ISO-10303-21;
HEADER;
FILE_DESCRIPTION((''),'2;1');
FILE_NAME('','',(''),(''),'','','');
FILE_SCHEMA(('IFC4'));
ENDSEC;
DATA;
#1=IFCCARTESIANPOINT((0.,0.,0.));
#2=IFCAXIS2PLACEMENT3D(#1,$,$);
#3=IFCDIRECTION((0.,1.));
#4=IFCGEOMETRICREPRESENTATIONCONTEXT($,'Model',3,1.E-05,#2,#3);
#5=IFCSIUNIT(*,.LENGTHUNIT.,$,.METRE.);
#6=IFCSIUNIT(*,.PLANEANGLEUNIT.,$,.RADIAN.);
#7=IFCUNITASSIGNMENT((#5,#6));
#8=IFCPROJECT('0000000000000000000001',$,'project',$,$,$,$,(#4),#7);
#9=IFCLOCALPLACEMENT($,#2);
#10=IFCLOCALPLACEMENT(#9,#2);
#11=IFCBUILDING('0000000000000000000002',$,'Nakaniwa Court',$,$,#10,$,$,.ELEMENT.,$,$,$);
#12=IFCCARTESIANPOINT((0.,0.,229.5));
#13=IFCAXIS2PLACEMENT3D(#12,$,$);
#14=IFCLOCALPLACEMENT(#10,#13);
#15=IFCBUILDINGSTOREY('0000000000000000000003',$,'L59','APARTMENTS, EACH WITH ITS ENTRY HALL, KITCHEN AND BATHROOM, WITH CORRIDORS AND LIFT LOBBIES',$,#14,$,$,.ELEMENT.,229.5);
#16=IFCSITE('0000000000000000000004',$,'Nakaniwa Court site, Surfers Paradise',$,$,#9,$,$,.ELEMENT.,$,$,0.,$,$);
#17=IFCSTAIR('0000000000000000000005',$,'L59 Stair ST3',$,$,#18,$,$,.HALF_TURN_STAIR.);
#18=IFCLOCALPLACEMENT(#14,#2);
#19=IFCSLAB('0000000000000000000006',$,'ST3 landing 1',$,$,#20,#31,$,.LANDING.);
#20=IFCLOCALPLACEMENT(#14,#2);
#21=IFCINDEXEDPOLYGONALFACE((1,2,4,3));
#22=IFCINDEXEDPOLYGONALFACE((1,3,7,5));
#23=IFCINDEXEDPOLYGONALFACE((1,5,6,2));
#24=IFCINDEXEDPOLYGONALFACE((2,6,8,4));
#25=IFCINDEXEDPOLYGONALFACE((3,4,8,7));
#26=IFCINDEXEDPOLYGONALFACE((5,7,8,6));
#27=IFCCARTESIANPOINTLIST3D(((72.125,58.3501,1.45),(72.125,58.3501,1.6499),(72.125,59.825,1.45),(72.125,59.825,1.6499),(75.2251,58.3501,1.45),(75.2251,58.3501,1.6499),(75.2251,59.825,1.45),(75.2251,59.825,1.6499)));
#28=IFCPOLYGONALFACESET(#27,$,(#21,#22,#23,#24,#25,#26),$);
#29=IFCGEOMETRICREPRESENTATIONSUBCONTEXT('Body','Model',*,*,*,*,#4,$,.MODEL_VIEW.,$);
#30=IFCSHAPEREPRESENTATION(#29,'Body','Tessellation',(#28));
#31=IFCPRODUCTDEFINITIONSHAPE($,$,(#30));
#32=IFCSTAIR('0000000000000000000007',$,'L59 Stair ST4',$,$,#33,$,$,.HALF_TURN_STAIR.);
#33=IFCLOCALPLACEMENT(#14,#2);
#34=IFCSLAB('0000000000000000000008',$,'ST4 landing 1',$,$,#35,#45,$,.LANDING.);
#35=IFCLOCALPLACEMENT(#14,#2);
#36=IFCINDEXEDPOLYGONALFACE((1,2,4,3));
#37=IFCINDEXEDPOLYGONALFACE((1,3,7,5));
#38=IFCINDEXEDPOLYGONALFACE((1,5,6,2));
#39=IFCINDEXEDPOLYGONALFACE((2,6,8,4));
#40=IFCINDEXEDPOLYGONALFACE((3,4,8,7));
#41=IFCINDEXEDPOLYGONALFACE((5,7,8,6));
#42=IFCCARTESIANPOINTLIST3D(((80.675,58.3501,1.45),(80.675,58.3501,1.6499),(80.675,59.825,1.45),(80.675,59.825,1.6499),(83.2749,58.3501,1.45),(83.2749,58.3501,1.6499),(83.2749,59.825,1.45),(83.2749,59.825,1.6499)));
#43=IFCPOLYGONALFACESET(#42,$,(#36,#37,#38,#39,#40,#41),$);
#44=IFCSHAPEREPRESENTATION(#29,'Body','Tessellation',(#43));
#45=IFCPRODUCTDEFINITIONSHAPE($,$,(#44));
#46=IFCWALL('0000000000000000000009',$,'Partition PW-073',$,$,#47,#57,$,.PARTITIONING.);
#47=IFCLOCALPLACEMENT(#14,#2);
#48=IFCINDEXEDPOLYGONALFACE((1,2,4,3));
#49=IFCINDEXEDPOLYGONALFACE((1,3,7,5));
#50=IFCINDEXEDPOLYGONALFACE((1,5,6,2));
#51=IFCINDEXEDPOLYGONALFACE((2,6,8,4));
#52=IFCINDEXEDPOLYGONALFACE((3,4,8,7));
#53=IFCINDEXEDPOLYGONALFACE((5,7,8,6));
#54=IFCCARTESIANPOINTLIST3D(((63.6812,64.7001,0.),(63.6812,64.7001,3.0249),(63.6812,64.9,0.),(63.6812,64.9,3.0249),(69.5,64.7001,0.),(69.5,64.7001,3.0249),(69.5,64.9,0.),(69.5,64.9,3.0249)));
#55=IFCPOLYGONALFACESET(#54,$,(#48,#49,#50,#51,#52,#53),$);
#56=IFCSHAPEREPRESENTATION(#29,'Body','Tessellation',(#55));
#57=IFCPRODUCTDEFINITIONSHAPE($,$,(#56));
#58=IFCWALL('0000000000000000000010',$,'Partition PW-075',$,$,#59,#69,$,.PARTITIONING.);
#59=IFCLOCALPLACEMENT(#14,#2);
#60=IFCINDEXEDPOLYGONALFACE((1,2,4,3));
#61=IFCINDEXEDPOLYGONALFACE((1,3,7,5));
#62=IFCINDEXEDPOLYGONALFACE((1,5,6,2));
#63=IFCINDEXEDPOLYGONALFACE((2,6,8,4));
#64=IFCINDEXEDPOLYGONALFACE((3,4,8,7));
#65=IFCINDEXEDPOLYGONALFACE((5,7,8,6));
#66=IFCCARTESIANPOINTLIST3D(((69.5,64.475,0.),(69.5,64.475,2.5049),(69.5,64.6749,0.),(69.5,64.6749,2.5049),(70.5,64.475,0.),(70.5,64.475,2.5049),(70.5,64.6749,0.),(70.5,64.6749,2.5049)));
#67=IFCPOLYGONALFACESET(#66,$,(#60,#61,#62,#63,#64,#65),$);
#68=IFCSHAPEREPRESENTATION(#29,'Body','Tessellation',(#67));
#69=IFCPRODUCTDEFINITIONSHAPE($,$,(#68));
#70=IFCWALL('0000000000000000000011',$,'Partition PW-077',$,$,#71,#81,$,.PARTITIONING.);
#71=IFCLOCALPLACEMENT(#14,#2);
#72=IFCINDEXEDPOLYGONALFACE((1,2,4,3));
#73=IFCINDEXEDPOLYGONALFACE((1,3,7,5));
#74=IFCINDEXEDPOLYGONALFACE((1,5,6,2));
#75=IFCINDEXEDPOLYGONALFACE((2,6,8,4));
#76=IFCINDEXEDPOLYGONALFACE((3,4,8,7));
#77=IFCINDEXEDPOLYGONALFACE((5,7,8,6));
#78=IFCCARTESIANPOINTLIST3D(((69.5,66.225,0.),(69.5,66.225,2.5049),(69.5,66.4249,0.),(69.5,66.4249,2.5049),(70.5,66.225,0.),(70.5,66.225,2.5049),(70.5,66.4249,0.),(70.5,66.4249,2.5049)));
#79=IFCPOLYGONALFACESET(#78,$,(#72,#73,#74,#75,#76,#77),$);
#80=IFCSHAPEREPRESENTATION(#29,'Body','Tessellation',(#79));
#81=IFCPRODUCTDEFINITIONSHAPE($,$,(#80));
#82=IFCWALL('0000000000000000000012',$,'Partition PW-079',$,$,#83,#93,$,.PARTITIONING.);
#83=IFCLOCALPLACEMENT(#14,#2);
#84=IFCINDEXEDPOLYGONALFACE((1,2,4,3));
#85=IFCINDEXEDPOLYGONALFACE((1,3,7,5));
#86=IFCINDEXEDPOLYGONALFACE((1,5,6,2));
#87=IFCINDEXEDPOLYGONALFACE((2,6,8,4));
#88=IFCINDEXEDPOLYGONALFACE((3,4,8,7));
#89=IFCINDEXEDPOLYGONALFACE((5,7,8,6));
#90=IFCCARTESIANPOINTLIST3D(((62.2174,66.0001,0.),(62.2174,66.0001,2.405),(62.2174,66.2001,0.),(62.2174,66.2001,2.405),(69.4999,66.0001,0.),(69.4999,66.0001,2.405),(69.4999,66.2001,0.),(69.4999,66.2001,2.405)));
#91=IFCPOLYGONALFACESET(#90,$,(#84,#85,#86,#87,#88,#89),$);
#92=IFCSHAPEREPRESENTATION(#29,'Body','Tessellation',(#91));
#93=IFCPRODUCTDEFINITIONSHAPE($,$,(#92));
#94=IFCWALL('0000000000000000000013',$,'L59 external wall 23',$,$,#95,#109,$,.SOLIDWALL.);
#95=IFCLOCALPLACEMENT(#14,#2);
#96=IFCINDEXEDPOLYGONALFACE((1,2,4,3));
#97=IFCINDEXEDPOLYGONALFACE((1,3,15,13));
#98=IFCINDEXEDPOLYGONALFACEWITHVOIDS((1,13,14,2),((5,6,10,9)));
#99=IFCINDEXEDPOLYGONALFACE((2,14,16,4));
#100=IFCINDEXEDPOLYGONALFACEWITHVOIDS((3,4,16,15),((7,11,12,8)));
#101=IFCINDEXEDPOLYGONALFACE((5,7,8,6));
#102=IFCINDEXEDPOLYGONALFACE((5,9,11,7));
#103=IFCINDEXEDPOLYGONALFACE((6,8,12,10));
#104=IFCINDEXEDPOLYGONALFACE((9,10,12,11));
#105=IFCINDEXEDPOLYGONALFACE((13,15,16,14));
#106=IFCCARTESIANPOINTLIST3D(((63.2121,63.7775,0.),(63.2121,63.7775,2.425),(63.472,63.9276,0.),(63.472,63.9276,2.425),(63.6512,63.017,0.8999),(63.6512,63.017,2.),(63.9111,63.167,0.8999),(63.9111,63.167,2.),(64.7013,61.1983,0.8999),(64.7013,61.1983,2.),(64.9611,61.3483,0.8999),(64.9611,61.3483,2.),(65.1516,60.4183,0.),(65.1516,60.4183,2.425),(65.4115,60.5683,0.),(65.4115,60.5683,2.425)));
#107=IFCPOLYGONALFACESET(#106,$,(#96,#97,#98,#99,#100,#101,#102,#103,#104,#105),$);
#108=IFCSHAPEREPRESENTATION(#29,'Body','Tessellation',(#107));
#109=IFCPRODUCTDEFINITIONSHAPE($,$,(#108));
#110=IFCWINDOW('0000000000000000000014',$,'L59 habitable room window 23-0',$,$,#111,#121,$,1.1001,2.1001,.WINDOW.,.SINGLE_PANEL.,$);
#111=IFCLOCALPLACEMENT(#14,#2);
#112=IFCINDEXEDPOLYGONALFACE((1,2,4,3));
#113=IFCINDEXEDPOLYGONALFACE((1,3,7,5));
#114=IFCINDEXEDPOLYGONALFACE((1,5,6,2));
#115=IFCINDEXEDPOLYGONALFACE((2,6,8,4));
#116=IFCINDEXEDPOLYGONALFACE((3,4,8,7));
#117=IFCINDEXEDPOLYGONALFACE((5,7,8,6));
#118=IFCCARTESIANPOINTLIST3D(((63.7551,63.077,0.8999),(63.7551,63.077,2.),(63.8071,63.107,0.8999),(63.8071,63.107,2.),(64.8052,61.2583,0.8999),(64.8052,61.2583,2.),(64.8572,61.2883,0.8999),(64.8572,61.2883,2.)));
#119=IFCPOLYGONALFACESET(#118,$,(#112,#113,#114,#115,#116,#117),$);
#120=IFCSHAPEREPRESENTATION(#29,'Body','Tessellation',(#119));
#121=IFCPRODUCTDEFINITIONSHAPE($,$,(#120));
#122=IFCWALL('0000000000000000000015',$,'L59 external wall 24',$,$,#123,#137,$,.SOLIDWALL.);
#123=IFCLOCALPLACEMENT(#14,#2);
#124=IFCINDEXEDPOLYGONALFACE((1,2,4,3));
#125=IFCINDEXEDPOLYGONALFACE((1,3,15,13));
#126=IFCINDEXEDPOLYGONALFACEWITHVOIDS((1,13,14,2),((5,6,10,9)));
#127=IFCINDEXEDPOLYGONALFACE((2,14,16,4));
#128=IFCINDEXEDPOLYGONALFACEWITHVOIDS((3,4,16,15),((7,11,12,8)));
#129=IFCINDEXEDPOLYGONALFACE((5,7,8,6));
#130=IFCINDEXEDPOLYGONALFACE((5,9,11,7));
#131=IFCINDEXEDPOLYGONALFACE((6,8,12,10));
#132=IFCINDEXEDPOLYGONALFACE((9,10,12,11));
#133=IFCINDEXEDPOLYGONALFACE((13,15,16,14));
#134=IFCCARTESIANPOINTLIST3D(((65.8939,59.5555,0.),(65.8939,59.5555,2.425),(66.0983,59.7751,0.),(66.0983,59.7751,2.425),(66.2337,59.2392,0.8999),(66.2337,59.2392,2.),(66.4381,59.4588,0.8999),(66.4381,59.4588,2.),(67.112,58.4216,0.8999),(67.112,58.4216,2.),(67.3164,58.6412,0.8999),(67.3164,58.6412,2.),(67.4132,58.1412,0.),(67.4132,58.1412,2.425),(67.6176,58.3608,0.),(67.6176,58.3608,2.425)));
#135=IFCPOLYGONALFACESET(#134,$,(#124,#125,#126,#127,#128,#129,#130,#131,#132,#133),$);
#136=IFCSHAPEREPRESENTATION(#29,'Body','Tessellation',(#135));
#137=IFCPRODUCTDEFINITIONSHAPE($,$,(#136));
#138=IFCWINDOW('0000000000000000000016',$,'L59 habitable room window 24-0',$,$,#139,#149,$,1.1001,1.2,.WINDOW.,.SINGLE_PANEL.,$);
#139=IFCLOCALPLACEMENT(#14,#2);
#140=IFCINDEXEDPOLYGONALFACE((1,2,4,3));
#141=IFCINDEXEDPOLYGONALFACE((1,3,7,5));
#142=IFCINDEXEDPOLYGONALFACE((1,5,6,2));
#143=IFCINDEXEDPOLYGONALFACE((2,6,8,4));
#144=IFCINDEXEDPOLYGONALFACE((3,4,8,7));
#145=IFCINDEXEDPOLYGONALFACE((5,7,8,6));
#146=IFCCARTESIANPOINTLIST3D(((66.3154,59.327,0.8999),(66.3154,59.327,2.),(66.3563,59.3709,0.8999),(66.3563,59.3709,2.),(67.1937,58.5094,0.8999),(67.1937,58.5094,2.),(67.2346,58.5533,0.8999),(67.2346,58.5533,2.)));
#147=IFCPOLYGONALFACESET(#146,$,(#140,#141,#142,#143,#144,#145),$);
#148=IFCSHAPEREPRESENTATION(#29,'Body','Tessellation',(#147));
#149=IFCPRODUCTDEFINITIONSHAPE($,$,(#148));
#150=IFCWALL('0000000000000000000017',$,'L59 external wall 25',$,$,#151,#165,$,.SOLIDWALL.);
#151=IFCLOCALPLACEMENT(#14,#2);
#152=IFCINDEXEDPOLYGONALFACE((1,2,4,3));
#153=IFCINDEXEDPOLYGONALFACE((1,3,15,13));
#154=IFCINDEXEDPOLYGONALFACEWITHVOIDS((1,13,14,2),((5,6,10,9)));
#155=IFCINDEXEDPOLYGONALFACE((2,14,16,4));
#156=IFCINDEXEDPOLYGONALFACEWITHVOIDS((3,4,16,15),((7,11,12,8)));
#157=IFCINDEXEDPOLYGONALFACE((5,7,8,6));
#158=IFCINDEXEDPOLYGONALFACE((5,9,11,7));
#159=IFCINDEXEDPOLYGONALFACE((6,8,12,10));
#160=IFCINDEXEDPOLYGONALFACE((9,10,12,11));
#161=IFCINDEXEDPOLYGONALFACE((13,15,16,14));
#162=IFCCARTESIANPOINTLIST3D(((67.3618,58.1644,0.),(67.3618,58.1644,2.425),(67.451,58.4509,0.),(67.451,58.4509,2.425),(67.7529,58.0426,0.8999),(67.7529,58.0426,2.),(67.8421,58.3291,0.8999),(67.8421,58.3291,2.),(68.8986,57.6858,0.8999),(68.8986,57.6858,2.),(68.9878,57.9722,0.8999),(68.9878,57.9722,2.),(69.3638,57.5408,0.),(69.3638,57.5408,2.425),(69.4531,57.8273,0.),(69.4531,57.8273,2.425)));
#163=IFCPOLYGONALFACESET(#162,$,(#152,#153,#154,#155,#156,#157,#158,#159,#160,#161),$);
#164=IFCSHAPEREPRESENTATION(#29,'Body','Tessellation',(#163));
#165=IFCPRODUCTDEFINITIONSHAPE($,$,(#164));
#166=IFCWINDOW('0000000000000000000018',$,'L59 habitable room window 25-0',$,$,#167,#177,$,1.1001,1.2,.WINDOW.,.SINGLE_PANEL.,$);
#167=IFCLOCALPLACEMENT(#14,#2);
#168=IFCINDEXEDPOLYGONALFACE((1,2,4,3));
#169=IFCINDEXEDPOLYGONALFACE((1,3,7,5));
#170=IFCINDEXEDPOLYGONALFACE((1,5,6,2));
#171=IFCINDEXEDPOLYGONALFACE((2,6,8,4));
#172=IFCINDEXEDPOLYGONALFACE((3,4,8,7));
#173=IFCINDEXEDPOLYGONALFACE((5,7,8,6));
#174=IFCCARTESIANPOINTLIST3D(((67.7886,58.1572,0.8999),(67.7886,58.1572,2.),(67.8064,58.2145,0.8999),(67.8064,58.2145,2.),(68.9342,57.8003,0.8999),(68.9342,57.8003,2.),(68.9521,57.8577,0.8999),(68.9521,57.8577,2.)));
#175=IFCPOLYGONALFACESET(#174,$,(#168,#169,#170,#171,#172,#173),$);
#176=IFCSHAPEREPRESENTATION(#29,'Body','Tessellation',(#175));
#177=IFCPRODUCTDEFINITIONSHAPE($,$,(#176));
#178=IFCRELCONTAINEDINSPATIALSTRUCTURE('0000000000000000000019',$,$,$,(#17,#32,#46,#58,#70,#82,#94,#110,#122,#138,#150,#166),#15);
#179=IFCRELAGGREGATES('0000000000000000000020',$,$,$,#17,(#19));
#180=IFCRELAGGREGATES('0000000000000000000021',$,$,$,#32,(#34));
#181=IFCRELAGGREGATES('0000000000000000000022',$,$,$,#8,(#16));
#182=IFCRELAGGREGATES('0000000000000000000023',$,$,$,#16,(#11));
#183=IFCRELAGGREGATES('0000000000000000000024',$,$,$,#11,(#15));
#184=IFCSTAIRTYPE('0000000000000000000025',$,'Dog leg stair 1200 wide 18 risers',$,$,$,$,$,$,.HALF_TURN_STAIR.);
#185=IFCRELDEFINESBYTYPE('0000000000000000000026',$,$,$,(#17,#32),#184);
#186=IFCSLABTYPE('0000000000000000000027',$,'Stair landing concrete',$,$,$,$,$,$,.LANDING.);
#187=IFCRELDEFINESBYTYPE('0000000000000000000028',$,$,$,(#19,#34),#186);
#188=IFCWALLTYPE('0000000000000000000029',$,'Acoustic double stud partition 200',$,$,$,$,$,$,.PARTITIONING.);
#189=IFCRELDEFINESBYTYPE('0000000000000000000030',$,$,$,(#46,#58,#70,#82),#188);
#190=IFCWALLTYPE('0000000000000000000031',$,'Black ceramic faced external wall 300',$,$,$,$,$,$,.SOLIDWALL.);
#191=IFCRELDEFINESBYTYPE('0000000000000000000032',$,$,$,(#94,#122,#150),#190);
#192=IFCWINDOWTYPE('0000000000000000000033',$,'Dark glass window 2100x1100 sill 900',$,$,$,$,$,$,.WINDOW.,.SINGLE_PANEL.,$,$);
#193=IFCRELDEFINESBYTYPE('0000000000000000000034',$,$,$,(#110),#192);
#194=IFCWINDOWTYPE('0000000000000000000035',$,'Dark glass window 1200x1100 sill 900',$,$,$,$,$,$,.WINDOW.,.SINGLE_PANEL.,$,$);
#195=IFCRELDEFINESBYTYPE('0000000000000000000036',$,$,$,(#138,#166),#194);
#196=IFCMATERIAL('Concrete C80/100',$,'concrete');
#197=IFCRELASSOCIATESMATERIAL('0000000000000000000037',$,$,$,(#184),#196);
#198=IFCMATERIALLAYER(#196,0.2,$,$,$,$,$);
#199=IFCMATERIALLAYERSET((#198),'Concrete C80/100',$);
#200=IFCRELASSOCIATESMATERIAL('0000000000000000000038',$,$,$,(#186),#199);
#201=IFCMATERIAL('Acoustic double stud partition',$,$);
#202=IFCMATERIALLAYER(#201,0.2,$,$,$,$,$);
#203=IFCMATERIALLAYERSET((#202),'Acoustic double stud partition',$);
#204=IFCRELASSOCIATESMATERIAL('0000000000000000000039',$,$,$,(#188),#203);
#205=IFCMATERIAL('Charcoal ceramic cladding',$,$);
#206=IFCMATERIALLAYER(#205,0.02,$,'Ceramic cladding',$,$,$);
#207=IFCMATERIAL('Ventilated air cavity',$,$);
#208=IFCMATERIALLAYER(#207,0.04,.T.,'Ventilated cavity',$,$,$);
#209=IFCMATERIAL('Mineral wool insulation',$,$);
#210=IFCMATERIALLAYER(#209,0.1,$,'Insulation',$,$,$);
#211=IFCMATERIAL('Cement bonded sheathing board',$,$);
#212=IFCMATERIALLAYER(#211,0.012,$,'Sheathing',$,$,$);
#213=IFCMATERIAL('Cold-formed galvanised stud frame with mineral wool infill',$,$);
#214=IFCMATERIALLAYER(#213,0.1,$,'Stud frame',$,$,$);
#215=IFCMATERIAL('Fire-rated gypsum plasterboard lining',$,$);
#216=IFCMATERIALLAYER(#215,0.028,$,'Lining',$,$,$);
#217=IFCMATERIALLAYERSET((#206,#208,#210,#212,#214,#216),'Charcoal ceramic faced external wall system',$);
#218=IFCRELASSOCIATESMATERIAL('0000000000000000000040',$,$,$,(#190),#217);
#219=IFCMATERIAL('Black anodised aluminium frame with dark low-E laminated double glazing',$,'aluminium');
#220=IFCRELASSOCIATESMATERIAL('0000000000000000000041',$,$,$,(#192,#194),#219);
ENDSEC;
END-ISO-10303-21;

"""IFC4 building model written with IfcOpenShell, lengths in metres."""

from ifc_helpers import new_model, si_unit, direction, frame, frame_2d, origin, place, context, subcontext, project, spatial, polyline, rectangle, outline, extrude, material, layer, layer_set, type_object, element, fill, aggregate, save


model = new_model("IFC4")

# Units and contexts
model_context = context("Model", 3, precision=1e-05, world=origin(), true_north=direction((0.0, 1.0)))
body_context = subcontext(model_context, "Body", "Model", "MODEL_VIEW")
ifc_project = project(units=[si_unit("LENGTHUNIT", "METRE"), si_unit("PLANEANGLEUNIT", "RADIAN")], contexts=[model_context])

# Site, building, storey
site_placement = place(None, origin())
site = spatial("IfcSite", under=ifc_project, at=site_placement, Name="Nakaniwa Court site, Surfers Paradise", CompositionType="ELEMENT", RefElevation=0.0)
building_placement = place(site_placement, origin())
building = spatial("IfcBuilding", under=site, at=building_placement, Name="Nakaniwa Court", CompositionType="ELEMENT")
storey_placement = place(building_placement, frame((0.0, 0.0, 229.5)))
storey = spatial("IfcBuildingStorey", under=building, at=storey_placement, Name="L59", Description="APARTMENTS, EACH WITH ITS ENTRY HALL, KITCHEN AND BATHROOM, WITH CORRIDORS AND LIFT LOBBIES", CompositionType="ELEMENT", Elevation=229.5)

# Shared definitions
ifc_material_1 = material(Name="Concrete C80/100", Category="concrete")

# Stairs, slabs
stair_type = type_object("IfcStairType", Name="Dog leg stair 1200 wide 18 risers", PredefinedType="HALF_TURN_STAIR", material=ifc_material_1)
ifc_layer_1 = layer(ifc_material_1, 0.2)
ifc_layer_set_1 = layer_set([ifc_layer_1], Name="Concrete C80/100")
slab_type_1 = type_object("IfcSlabType", Name="Stair landing concrete", PredefinedType="LANDING", material=ifc_layer_set_1)
stair_1_placement = place(storey_placement, origin())
stair_1 = element("IfcStair", 1, at=stair_1_placement, inside=storey, type_object=stair_type, Name="L59 Stair ST3", PredefinedType="HALF_TURN_STAIR")
slab_1_placement = place(storey_placement, frame((0.0, 0.0, 1.45)))
slab_1 = element("IfcSlab", 2, at=slab_1_placement, type_object=slab_type_1, Name="ST3 landing 1", PredefinedType="LANDING", context=body_context, shape_type="SweptSolid", body=[
    extrude(outline(polyline([(75.2251, 58.3501), (75.2251, 59.825), (72.125, 59.825), (72.125, 58.3501), (75.2251, 58.3501)])), origin(), (0.0, 0.0, 1.0), 0.2),
])
aggregate(stair_1, [slab_1])
stair_2_placement = place(storey_placement, origin())
stair_2 = element("IfcStair", 3, at=stair_2_placement, inside=storey, type_object=stair_type, Name="L59 Stair ST4", PredefinedType="HALF_TURN_STAIR")
slab_2_placement = place(storey_placement, frame((0.0, 0.0, 1.45)))
slab_2 = element("IfcSlab", 4, at=slab_2_placement, type_object=slab_type_1, Name="ST4 landing 1", PredefinedType="LANDING", context=body_context, shape_type="SweptSolid", body=[
    extrude(outline(polyline([(83.2749, 58.3501), (83.2749, 59.825), (80.675, 59.825), (80.675, 58.3501), (83.2749, 58.3501)])), origin(), (0.0, 0.0, 1.0), 0.2),
])
aggregate(stair_2, [slab_2])

# Walls
ifc_material_2 = material(Name="Acoustic double stud partition")
ifc_layer_2 = layer(ifc_material_2, 0.2)
ifc_layer_set_2 = layer_set([ifc_layer_2], Name="Acoustic double stud partition")
wall_type_1 = type_object("IfcWallType", Name="Acoustic double stud partition 200", PredefinedType="PARTITIONING", material=ifc_layer_set_2)
wall_1_placement = place(storey_placement, frame((63.6812, 64.8, 0.0), z_axis=(0.0, 0.0, 1.0), x_axis=(1.0, 0.0, 0.0)))
element("IfcWall", 5, at=wall_1_placement, inside=storey, type_object=wall_type_1, Name="Partition PW-073", PredefinedType="PARTITIONING", context=body_context, shape_type="SweptSolid", body=[
    extrude(rectangle(XDim=5.8188, YDim=0.2, at=frame_2d((2.9094, 0.0))), origin(), (0.0, 0.0, 1.0), 3.0249),
])
for number, where, z_axis, x_axis, name in (
    (6, (69.5, 64.575, 0.0), (0.0, 0.0, 1.0), (1.0, 0.0, 0.0), "Partition PW-075"),
    (7, (69.5, 66.325, 0.0), (0.0, 0.0, 1.0), (1.0, 0.0, 0.0), "Partition PW-077"),
):
    element("IfcWall", number, at=place(storey_placement, frame(where, z_axis=z_axis, x_axis=x_axis)), inside=storey, type_object=wall_type_1, Name=name, PredefinedType="PARTITIONING", context=body_context, shape_type="SweptSolid", body=[
        extrude(rectangle(XDim=1.0, YDim=0.2, at=frame_2d((0.5, 0.0))), origin(), (0.0, 0.0, 1.0), 2.5049),
    ])
wall_2_placement = place(storey_placement, frame((62.2175, 66.1001, 0.0), z_axis=(0.0, 0.0, 1.0), x_axis=(1.0, 0.0, 0.0)))
element("IfcWall", 8, at=wall_2_placement, inside=storey, type_object=wall_type_1, Name="Partition PW-079", PredefinedType="PARTITIONING", context=body_context, shape_type="SweptSolid", body=[
    extrude(rectangle(XDim=7.2825, YDim=0.2, at=frame_2d((3.6411, 0.0))), origin(), (0.0, 0.0, 1.0), 2.405),
])

# Walls, openings, windows
ifc_material_3 = material(Name="Charcoal ceramic cladding")
ifc_layer_3 = layer(ifc_material_3, 0.02, Name="Ceramic cladding")
ifc_material_4 = material(Name="Ventilated air cavity")
ifc_layer_4 = layer(ifc_material_4, 0.04, ventilated=True, Name="Ventilated cavity")
ifc_material_5 = material(Name="Mineral wool insulation")
ifc_layer_5 = layer(ifc_material_5, 0.1, Name="Insulation")
ifc_material_6 = material(Name="Cement bonded sheathing board")
ifc_layer_6 = layer(ifc_material_6, 0.012, Name="Sheathing")
ifc_material_7 = material(Name="Cold-formed galvanised stud frame with mineral wool infill")
ifc_layer_7 = layer(ifc_material_7, 0.1, Name="Stud frame")
ifc_material_8 = material(Name="Fire-rated gypsum plasterboard lining")
ifc_layer_8 = layer(ifc_material_8, 0.028, Name="Lining")
ifc_layer_set_3 = layer_set([ifc_layer_3, ifc_layer_4, ifc_layer_5, ifc_layer_6, ifc_layer_7, ifc_layer_8], Name="Charcoal ceramic faced external wall system")
wall_type_2 = type_object("IfcWallType", Name="Black ceramic faced external wall 300", PredefinedType="SOLIDWALL", material=ifc_layer_set_3)
wall_3_placement = place(storey_placement, frame((63.342, 63.8525, 0.0), z_axis=(0.0, 0.0, 1.0), x_axis=(0.500011, -0.866019, 0.0)))
wall_3 = element("IfcWall", 9, at=wall_3_placement, inside=storey, type_object=wall_type_2, Name="L59 external wall 23", PredefinedType="SOLIDWALL", context=body_context, shape_type="SweptSolid", body=[
    extrude(rectangle(XDim=3.8789, YDim=0.3, at=frame_2d((1.9395, 0.0))), origin(), (0.0, 0.0, 1.0), 2.425),
])
opening_1_placement = place(wall_3_placement, frame((0.8782, 0.0, 0.8999)))
opening_1 = element("IfcOpeningElement", 10, at=opening_1_placement, cuts=wall_3, PredefinedType="OPENING", context=body_context, shape_type="SweptSolid", body=[
    extrude(rectangle(XDim=2.1001, YDim=1.1001, at=frame_2d((1.05, 0.55))), frame((0.0, 0.1599, 0.0), z_axis=(0.0, -1.0, 0.0), x_axis=(1.0, 0.0, 0.0)), (0.0, 0.0, 1.0), 0.3201),
])
ifc_material_9 = material(Name="Black anodised aluminium frame with dark low-E laminated double glazing", Category="aluminium")
window_type_1 = type_object("IfcWindowType", Name="Dark glass window 2100x1100 sill 900", PartitioningType="SINGLE_PANEL", PredefinedType="WINDOW", material=ifc_material_9)
window_1_placement = place(opening_1_placement, origin())
window_1 = element("IfcWindow", 11, at=window_1_placement, inside=storey, type_object=window_type_1, Name="L59 habitable room window 23-0", OverallHeight=1.1001, OverallWidth=2.1001, PartitioningType="SINGLE_PANEL", PredefinedType="WINDOW", context=body_context, shape_type="SweptSolid", body=[
    extrude(rectangle(XDim=2.1001, YDim=1.1001, at=frame_2d((1.05, 0.55))), frame((0.0, 0.03, 0.0), z_axis=(0.0, -1.0, 0.0), x_axis=(1.0, 0.0, 0.0)), (0.0, 0.0, 1.0), 0.0601),
])
fill(opening_1, window_1)
wall_4_placement = place(storey_placement, frame((65.9961, 59.6653, 0.0), z_axis=(0.0, 0.0, 1.0), x_axis=(0.731943, -0.681366, 0.0)))
wall_4 = element("IfcWall", 12, at=wall_4_placement, inside=storey, type_object=wall_type_2, Name="L59 external wall 24", PredefinedType="SOLIDWALL", context=body_context, shape_type="SweptSolid", body=[
    extrude(rectangle(XDim=2.0757, YDim=0.3, at=frame_2d((1.0378, 0.0))), origin(), (0.0, 0.0, 1.0), 2.425),
])
opening_2_placement = place(wall_4_placement, frame((0.4641, 0.0, 0.8999)))
opening_2 = element("IfcOpeningElement", 13, at=opening_2_placement, cuts=wall_4, PredefinedType="OPENING", context=body_context, shape_type="SweptSolid", body=[
    extrude(rectangle(XDim=1.2, YDim=1.1001, at=frame_2d((0.6001, 0.55))), frame((0.0, 0.1599, 0.0), z_axis=(0.0, -1.0, 0.0), x_axis=(1.0, 0.0, 0.0)), (0.0, 0.0, 1.0), 0.3201),
])
window_type_2 = type_object("IfcWindowType", Name="Dark glass window 1200x1100 sill 900", PartitioningType="SINGLE_PANEL", PredefinedType="WINDOW", material=ifc_material_9)
window_2_placement = place(opening_2_placement, origin())
window_2 = element("IfcWindow", 14, at=window_2_placement, inside=storey, type_object=window_type_2, Name="L59 habitable room window 24-0", OverallHeight=1.1001, OverallWidth=1.2, PartitioningType="SINGLE_PANEL", PredefinedType="WINDOW", context=body_context, shape_type="SweptSolid", body=[
    extrude(rectangle(XDim=1.2, YDim=1.1001, at=frame_2d((0.6001, 0.55))), frame((0.0, 0.03, 0.0), z_axis=(0.0, -1.0, 0.0), x_axis=(1.0, 0.0, 0.0)), (0.0, 0.0, 1.0), 0.0601),
])
fill(opening_2, window_2)
wall_5_placement = place(storey_placement, frame((67.4065, 58.3076, 0.0), z_axis=(0.0, 0.0, 1.0), x_axis=(0.954761, -0.297373, 0.0)))
wall_5 = element("IfcWall", 15, at=wall_5_placement, inside=storey, type_object=wall_type_2, Name="L59 external wall 25", PredefinedType="SOLIDWALL", context=body_context, shape_type="SweptSolid", body=[
    extrude(rectangle(XDim=2.0969, YDim=0.3, at=frame_2d((1.0483, 0.0))), origin(), (0.0, 0.0, 1.0), 2.425),
])
opening_3_placement = place(wall_5_placement, frame((0.4094, 0.0, 0.8999)))
opening_3 = element("IfcOpeningElement", 16, at=opening_3_placement, cuts=wall_5, PredefinedType="OPENING", context=body_context, shape_type="SweptSolid", body=[
    extrude(rectangle(XDim=1.2, YDim=1.1001, at=frame_2d((0.6001, 0.55))), frame((0.0, 0.1599, 0.0), z_axis=(0.0, -1.0, 0.0), x_axis=(1.0, 0.0, 0.0)), (0.0, 0.0, 1.0), 0.3201),
])
window_3_placement = place(opening_3_placement, origin())
window_3 = element("IfcWindow", 17, at=window_3_placement, inside=storey, type_object=window_type_2, Name="L59 habitable room window 25-0", OverallHeight=1.1001, OverallWidth=1.2, PartitioningType="SINGLE_PANEL", PredefinedType="WINDOW", context=body_context, shape_type="SweptSolid", body=[
    extrude(rectangle(XDim=1.2, YDim=1.1001, at=frame_2d((0.6001, 0.55))), frame((0.0, 0.03, 0.0), z_axis=(0.0, -1.0, 0.0), x_axis=(1.0, 0.0, 0.0)), (0.0, 0.0, 1.0), 0.0601),
])
fill(opening_3, window_3)

save(model, "model.ifc")
